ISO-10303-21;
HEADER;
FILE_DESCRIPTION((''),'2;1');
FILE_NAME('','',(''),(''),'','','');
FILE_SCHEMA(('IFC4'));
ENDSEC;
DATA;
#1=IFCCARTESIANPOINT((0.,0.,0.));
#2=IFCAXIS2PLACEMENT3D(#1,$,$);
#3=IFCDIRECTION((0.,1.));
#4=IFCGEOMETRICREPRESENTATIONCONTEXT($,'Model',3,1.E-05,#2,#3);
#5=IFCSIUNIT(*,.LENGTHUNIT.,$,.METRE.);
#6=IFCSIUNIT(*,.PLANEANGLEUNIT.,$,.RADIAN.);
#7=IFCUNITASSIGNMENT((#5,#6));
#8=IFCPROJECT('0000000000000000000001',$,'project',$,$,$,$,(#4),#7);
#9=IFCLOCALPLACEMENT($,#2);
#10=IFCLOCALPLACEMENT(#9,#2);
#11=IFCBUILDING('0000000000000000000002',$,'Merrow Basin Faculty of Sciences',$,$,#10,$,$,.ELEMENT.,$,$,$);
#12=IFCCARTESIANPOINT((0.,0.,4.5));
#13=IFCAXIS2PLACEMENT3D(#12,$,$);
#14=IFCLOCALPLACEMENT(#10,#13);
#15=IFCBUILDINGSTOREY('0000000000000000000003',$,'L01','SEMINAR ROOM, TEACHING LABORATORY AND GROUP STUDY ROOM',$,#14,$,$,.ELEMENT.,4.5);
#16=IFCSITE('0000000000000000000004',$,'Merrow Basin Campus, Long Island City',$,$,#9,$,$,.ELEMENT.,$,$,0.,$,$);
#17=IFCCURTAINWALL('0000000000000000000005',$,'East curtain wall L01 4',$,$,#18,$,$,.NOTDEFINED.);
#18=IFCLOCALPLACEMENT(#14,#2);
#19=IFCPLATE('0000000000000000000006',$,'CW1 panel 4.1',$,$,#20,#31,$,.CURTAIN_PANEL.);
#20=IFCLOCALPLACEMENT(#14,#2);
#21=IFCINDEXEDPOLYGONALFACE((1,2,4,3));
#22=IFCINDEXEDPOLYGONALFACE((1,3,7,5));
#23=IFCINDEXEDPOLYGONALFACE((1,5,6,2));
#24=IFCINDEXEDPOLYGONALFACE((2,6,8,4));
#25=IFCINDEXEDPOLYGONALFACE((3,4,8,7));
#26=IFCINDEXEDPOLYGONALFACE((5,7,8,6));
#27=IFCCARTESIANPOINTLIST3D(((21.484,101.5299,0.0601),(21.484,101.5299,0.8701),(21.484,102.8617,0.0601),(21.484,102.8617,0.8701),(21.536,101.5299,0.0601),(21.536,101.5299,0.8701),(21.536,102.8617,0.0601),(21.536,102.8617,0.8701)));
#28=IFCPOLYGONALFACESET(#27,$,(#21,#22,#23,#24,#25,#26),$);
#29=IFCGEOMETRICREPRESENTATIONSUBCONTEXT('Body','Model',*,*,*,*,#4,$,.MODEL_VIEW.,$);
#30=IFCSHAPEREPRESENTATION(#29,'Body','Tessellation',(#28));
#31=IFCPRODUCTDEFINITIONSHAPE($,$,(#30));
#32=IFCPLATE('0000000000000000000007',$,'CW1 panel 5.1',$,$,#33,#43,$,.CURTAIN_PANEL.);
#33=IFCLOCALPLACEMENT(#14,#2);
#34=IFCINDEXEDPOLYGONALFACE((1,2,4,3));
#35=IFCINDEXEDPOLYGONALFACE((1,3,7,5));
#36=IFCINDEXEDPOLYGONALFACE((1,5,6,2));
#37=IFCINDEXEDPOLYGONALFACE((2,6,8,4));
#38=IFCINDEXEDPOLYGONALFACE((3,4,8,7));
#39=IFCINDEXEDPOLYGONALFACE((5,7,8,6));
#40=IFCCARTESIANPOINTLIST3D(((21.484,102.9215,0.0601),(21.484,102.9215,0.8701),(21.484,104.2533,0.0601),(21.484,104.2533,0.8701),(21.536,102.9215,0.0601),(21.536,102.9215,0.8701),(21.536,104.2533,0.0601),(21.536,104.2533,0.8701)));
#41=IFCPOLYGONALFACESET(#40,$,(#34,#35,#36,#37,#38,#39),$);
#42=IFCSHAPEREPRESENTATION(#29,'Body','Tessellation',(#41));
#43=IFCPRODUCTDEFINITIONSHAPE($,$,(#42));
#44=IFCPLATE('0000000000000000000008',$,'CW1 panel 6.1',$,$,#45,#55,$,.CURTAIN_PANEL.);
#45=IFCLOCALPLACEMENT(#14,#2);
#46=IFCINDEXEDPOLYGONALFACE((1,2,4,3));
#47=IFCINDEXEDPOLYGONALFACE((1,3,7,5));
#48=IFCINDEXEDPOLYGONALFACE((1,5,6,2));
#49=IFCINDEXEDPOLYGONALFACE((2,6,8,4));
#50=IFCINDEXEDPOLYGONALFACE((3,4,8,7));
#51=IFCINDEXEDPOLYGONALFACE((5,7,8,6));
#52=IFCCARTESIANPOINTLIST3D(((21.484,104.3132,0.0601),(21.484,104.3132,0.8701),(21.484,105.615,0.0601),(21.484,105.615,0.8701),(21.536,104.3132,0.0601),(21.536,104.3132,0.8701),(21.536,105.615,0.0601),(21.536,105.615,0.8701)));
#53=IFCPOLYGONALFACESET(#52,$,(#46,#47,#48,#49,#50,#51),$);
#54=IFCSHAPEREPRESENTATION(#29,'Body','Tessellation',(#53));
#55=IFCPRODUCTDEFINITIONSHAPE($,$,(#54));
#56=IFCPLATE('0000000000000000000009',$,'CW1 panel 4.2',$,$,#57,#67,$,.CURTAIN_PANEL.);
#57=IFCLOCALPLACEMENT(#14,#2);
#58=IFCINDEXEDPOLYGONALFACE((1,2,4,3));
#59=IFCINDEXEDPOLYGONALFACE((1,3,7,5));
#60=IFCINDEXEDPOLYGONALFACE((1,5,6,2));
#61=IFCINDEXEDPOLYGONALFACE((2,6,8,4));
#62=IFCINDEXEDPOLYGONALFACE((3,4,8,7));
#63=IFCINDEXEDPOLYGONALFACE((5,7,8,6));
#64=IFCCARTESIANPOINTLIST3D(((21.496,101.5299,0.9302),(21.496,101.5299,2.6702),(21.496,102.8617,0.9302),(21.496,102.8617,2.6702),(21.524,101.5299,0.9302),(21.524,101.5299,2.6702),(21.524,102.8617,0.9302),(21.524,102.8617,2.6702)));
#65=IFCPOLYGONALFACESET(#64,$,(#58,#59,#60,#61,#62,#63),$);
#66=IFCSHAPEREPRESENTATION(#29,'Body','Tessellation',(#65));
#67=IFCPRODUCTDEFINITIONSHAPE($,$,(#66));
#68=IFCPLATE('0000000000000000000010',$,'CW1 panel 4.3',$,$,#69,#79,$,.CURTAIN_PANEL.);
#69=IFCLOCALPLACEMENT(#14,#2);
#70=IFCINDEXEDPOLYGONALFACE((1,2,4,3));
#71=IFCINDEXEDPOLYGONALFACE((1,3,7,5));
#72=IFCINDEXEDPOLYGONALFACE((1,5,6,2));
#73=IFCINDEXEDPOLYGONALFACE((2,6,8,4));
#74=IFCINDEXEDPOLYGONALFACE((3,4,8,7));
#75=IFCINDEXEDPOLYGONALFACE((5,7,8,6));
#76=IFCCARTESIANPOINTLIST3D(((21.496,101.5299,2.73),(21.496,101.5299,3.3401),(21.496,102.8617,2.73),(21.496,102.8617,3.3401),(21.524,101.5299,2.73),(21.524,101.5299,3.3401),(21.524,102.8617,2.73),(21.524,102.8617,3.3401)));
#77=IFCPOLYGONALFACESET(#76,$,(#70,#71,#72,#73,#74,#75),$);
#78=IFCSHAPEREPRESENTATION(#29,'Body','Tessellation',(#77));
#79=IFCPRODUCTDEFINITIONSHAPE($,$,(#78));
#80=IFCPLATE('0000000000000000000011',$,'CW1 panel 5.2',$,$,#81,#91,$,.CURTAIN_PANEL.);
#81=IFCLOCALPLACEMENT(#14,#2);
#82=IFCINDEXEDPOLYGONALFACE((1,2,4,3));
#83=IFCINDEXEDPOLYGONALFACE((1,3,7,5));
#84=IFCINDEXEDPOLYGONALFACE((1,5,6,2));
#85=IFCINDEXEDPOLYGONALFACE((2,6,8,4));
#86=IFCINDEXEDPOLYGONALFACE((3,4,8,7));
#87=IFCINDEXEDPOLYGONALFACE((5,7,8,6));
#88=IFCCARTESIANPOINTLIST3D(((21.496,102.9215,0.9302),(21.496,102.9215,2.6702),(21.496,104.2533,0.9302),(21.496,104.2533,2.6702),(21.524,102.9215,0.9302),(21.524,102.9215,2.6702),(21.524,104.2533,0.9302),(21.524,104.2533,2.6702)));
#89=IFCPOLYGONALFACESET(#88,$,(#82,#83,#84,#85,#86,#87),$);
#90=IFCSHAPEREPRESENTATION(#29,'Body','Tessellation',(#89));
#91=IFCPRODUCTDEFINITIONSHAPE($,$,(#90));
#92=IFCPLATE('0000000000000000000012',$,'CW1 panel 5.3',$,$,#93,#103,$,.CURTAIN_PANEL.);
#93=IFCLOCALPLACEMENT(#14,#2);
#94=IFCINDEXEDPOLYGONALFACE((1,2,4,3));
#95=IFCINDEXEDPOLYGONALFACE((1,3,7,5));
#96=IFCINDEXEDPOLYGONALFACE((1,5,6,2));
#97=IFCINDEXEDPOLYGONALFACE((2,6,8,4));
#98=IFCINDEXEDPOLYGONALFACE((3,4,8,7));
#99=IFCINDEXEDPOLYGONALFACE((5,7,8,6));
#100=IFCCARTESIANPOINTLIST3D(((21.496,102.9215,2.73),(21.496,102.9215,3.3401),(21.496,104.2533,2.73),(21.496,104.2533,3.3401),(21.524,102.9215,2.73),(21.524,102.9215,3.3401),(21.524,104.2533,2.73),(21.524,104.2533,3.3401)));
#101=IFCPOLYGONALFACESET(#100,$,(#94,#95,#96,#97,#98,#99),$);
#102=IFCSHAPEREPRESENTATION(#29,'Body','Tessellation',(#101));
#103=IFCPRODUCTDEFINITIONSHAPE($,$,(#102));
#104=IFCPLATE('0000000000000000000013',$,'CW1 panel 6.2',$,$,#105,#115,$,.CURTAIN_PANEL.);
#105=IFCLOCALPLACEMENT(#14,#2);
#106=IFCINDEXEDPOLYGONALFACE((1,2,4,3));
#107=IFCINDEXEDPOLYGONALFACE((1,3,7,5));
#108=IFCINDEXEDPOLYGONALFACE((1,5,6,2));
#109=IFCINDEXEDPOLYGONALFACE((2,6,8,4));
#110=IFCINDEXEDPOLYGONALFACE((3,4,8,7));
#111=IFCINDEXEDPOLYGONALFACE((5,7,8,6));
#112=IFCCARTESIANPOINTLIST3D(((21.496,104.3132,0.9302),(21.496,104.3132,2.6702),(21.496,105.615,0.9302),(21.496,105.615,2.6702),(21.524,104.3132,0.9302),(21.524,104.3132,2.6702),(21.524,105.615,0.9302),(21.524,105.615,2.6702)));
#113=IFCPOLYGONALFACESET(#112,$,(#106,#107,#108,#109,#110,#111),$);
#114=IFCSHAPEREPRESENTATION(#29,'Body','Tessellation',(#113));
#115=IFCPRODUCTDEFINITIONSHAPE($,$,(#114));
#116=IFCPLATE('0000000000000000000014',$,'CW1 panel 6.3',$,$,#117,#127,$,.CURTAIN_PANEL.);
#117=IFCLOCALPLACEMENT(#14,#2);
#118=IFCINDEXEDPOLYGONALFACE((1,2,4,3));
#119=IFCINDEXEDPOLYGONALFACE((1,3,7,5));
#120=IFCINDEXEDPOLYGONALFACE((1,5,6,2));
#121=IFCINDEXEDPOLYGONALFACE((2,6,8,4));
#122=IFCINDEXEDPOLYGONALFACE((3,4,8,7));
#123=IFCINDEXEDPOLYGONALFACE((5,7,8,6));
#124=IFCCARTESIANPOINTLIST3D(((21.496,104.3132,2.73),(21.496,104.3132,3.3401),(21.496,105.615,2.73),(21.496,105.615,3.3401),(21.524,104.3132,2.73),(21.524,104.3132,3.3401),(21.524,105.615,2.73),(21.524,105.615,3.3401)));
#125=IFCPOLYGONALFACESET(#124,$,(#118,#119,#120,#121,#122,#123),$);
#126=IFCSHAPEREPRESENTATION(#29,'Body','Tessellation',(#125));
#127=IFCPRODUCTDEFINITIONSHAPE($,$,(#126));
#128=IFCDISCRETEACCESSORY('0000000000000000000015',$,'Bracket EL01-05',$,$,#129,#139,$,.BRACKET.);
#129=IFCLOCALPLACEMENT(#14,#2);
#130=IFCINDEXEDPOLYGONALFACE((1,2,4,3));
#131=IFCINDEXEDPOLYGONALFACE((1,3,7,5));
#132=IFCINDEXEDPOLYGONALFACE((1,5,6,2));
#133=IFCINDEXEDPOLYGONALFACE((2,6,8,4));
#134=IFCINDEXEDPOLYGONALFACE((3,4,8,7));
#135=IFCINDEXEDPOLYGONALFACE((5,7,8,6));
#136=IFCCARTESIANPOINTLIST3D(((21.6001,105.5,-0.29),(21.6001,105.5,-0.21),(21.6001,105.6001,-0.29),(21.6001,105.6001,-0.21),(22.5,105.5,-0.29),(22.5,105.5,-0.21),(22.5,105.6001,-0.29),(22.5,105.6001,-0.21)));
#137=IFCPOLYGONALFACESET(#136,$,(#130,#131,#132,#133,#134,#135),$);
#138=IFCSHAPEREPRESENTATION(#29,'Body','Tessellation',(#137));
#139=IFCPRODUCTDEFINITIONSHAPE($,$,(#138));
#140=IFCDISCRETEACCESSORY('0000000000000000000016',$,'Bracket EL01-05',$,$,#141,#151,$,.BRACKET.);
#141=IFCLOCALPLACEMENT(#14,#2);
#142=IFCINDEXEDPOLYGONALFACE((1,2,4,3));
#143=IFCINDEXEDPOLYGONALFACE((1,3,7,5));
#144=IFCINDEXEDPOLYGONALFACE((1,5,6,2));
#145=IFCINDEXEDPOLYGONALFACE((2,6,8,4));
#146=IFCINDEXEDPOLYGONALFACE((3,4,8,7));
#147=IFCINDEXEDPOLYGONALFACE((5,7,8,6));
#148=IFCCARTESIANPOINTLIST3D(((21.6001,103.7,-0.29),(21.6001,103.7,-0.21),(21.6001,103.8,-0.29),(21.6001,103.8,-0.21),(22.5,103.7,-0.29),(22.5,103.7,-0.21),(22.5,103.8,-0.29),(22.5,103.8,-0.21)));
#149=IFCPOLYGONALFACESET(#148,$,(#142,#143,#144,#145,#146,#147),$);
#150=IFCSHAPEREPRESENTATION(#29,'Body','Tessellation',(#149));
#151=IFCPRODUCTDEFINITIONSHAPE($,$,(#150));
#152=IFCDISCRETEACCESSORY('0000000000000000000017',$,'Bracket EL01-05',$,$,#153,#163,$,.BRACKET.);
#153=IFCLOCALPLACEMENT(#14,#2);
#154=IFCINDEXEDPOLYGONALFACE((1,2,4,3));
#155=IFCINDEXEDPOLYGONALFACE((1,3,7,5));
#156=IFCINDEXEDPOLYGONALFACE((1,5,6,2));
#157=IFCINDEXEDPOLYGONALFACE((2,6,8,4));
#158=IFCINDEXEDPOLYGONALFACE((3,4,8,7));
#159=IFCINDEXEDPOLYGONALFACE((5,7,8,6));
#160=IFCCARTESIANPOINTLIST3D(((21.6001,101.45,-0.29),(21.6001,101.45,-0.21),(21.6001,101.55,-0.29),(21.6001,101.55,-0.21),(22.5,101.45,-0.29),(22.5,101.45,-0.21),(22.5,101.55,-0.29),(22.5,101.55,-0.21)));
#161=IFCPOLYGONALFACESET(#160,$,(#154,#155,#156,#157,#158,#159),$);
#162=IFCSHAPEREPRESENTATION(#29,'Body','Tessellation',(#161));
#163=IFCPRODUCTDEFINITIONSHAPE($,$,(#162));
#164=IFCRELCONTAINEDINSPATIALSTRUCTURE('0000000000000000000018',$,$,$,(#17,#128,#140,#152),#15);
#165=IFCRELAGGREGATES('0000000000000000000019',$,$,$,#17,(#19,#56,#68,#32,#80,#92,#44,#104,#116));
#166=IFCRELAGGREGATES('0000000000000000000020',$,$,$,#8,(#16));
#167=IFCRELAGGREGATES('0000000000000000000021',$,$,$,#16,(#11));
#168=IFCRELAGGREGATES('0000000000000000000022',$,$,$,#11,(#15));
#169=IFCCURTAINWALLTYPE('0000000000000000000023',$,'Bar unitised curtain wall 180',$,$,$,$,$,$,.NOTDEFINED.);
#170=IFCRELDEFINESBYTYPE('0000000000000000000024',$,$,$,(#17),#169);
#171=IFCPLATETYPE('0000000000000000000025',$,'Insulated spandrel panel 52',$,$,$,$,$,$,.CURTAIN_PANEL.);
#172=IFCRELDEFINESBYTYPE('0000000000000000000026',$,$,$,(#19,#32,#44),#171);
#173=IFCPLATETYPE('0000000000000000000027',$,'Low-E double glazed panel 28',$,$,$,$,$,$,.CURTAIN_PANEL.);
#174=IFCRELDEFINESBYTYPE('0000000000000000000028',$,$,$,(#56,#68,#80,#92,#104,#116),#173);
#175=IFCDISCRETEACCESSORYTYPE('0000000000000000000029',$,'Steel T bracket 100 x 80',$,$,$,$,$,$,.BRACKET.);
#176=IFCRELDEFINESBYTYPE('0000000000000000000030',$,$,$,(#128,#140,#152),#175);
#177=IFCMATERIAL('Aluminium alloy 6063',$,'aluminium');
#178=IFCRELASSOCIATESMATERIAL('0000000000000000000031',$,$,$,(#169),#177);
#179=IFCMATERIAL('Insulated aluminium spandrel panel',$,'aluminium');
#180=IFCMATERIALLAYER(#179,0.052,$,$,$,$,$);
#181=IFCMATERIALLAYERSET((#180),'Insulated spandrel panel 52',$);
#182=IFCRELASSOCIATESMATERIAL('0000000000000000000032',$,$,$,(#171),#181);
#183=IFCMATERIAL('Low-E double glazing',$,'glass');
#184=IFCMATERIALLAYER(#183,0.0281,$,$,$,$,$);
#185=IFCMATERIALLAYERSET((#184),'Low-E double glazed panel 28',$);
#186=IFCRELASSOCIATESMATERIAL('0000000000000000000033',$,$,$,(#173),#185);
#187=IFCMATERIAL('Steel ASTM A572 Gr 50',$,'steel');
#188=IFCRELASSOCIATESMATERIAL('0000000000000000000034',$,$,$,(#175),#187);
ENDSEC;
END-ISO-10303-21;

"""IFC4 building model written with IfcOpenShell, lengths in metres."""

from ifc_helpers import new_model, si_unit, direction, frame, origin, origin_2d, place, context, subcontext, project, spatial, polyline, rectangle, outline, extrude, source, transform, mapped, material, layer, layer_set, type_object, element, aggregate, save


model = new_model("IFC4")

# Units and contexts
model_context = context("Model", 3, precision=1e-05, world=origin(), true_north=direction((0.0, 1.0)))
body_context = subcontext(model_context, "Body", "Model", "MODEL_VIEW")
ifc_project = project(units=[si_unit("LENGTHUNIT", "METRE"), si_unit("PLANEANGLEUNIT", "RADIAN")], contexts=[model_context])

# Site, building, storey
site_placement = place(None, origin())
site = spatial("IfcSite", under=ifc_project, at=site_placement, Name="Merrow Basin Campus, Long Island City", CompositionType="ELEMENT", RefElevation=0.0)
building_placement = place(site_placement, origin())
building = spatial("IfcBuilding", under=site, at=building_placement, Name="Merrow Basin Faculty of Sciences", CompositionType="ELEMENT")
storey_placement = place(building_placement, frame((0.0, 0.0, 4.5)))
storey = spatial("IfcBuildingStorey", under=building, at=storey_placement, Name="L01", Description="SEMINAR ROOM, TEACHING LABORATORY AND GROUP STUDY ROOM", CompositionType="ELEMENT", Elevation=4.5)

# Curtain wall, plates
ifc_material_1 = material(Name="Aluminium alloy 6063", Category="aluminium")
curtain_wall_type = type_object("IfcCurtainWallType", Name="Bar unitised curtain wall 180", PredefinedType="NOTDEFINED", material=ifc_material_1)
curtain_wall_placement = place(storey_placement, origin())
curtain_wall = element("IfcCurtainWall", 1, at=curtain_wall_placement, inside=storey, type_object=curtain_wall_type, Name="East curtain wall L01 4", PredefinedType="NOTDEFINED")
ifc_material_2 = material(Name="Insulated aluminium spandrel panel", Category="aluminium")
ifc_layer_1 = layer(ifc_material_2, 0.052)
ifc_layer_set_1 = layer_set([ifc_layer_1], Name="Insulated spandrel panel 52")
plate_type_1 = type_object("IfcPlateType", Name="Insulated spandrel panel 52", PredefinedType="CURTAIN_PANEL", material=ifc_layer_set_1)
plate_1_placement = place(storey_placement, frame((21.51, 102.1958, 0.0601), z_axis=(0.0, 0.0, 1.0), x_axis=(0.0, 1.0, 0.0)))
plate_1 = element("IfcPlate", 2, at=plate_1_placement, type_object=plate_type_1, Name="CW1 panel 4.1", PredefinedType="CURTAIN_PANEL", context=body_context, shape_type="SweptSolid", body=[
    extrude(rectangle(XDim=1.3318, YDim=0.052, at=origin_2d()), origin(), (0.0, 0.0, 1.0), 0.8101),
])
plate_2_placement = place(storey_placement, frame((21.51, 103.5874, 0.0601), z_axis=(0.0, 0.0, 1.0), x_axis=(0.0, 1.0, 0.0)))
plate_2 = element("IfcPlate", 3, at=plate_2_placement, type_object=plate_type_1, Name="CW1 panel 5.1", PredefinedType="CURTAIN_PANEL", context=body_context, shape_type="SweptSolid", body=[
    extrude(rectangle(XDim=1.3318, YDim=0.052, at=origin_2d()), origin(), (0.0, 0.0, 1.0), 0.8101),
])
plate_3_placement = place(storey_placement, frame((21.51, 104.9641, 0.0601), z_axis=(0.0, 0.0, 1.0), x_axis=(0.0, 1.0, 0.0)))
plate_3 = element("IfcPlate", 4, at=plate_3_placement, type_object=plate_type_1, Name="CW1 panel 6.1", PredefinedType="CURTAIN_PANEL", context=body_context, shape_type="SweptSolid", body=[
    extrude(rectangle(XDim=1.3018, YDim=0.052, at=origin_2d()), origin(), (0.0, 0.0, 1.0), 0.8101),
])
ifc_material_3 = material(Name="Low-E double glazing", Category="glass")
ifc_layer_2 = layer(ifc_material_3, 0.0281)
ifc_layer_set_2 = layer_set([ifc_layer_2], Name="Low-E double glazed panel 28")
plate_type_2 = type_object("IfcPlateType", Name="Low-E double glazed panel 28", PredefinedType="CURTAIN_PANEL", material=ifc_layer_set_2)
plate_4_placement = place(storey_placement, frame((21.51, 102.1958, 0.9302), z_axis=(0.0, 0.0, 1.0), x_axis=(0.0, 1.0, 0.0)))
plate_4 = element("IfcPlate", 5, at=plate_4_placement, type_object=plate_type_2, Name="CW1 panel 4.2", PredefinedType="CURTAIN_PANEL", context=body_context, shape_type="SweptSolid", body=[
    extrude(rectangle(XDim=1.3318, YDim=0.0281, at=origin_2d()), origin(), (0.0, 0.0, 1.0), 1.74),
])
plate_5_placement = place(storey_placement, frame((21.51, 102.1958, 2.73), z_axis=(0.0, 0.0, 1.0), x_axis=(0.0, 1.0, 0.0)))
plate_5 = element("IfcPlate", 6, at=plate_5_placement, type_object=plate_type_2, Name="CW1 panel 4.3", PredefinedType="CURTAIN_PANEL", context=body_context, shape_type="SweptSolid", body=[
    extrude(rectangle(XDim=1.3318, YDim=0.0281, at=origin_2d()), origin(), (0.0, 0.0, 1.0), 0.6101),
])
plate_6_placement = place(storey_placement, frame((21.51, 103.5874, 0.9302), z_axis=(0.0, 0.0, 1.0), x_axis=(0.0, 1.0, 0.0)))
plate_6 = element("IfcPlate", 7, at=plate_6_placement, type_object=plate_type_2, Name="CW1 panel 5.2", PredefinedType="CURTAIN_PANEL", context=body_context, shape_type="SweptSolid", body=[
    extrude(rectangle(XDim=1.3318, YDim=0.0281, at=origin_2d()), origin(), (0.0, 0.0, 1.0), 1.74),
])
plate_7_placement = place(storey_placement, frame((21.51, 103.5874, 2.73), z_axis=(0.0, 0.0, 1.0), x_axis=(0.0, 1.0, 0.0)))
plate_7 = element("IfcPlate", 8, at=plate_7_placement, type_object=plate_type_2, Name="CW1 panel 5.3", PredefinedType="CURTAIN_PANEL", context=body_context, shape_type="SweptSolid", body=[
    extrude(rectangle(XDim=1.3318, YDim=0.0281, at=origin_2d()), origin(), (0.0, 0.0, 1.0), 0.6101),
])
plate_8_placement = place(storey_placement, frame((21.51, 104.9641, 0.9302), z_axis=(0.0, 0.0, 1.0), x_axis=(0.0, 1.0, 0.0)))
plate_8 = element("IfcPlate", 9, at=plate_8_placement, type_object=plate_type_2, Name="CW1 panel 6.2", PredefinedType="CURTAIN_PANEL", context=body_context, shape_type="SweptSolid", body=[
    extrude(rectangle(XDim=1.3018, YDim=0.0281, at=origin_2d()), origin(), (0.0, 0.0, 1.0), 1.74),
])
plate_9_placement = place(storey_placement, frame((21.51, 104.9641, 2.73), z_axis=(0.0, 0.0, 1.0), x_axis=(0.0, 1.0, 0.0)))
plate_9 = element("IfcPlate", 10, at=plate_9_placement, type_object=plate_type_2, Name="CW1 panel 6.3", PredefinedType="CURTAIN_PANEL", context=body_context, shape_type="SweptSolid", body=[
    extrude(rectangle(XDim=1.3018, YDim=0.0281, at=origin_2d()), origin(), (0.0, 0.0, 1.0), 0.6101),
])
aggregate(curtain_wall, [plate_1, plate_4, plate_5, plate_2, plate_6, plate_7, plate_3, plate_8, plate_9])

# Discrete accessories
ifc_material_4 = material(Name="Steel ASTM A572 Gr 50", Category="steel")
discrete_accessory_type = type_object("IfcDiscreteAccessoryType", Name="Steel T bracket 100 x 80", PredefinedType="BRACKET", material=ifc_material_4)
shared_shape = source(origin(), body_context, "Body", "SweptSolid", [
    extrude(outline(polyline([(0.0, 0.0), (0.1001, 0.0), (0.1001, 0.0801), (0.0, 0.0801), (0.0, 0.0)])), origin(), (0.0, 0.0, 1.0), 0.8999),
])
for number, where, z_axis, x_axis, name in (
    (11, (22.5, 105.6001, -0.29), (-1.0, 0.0, 0.0), (0.0, -1.0, 0.0), "Bracket EL01-05"),
    (12, (22.5, 103.8, -0.29), (-1.0, 0.0, 0.0), (0.0, -1.0, 0.0), "Bracket EL01-05"),
    (13, (22.5, 101.55, -0.29), (-1.0, 0.0, 0.0), (0.0, -1.0, 0.0), "Bracket EL01-05"),
):
    element("IfcDiscreteAccessory", number, at=place(storey_placement, frame(where, z_axis=z_axis, x_axis=x_axis)), inside=storey, type_object=discrete_accessory_type, Name=name, PredefinedType="BRACKET", context=body_context, shape_type="MappedRepresentation", body=[
        mapped(shared_shape, transform((0.0, 0.0, 0.0), scale=1.0)),
    ])

save(model, "model.ifc")
